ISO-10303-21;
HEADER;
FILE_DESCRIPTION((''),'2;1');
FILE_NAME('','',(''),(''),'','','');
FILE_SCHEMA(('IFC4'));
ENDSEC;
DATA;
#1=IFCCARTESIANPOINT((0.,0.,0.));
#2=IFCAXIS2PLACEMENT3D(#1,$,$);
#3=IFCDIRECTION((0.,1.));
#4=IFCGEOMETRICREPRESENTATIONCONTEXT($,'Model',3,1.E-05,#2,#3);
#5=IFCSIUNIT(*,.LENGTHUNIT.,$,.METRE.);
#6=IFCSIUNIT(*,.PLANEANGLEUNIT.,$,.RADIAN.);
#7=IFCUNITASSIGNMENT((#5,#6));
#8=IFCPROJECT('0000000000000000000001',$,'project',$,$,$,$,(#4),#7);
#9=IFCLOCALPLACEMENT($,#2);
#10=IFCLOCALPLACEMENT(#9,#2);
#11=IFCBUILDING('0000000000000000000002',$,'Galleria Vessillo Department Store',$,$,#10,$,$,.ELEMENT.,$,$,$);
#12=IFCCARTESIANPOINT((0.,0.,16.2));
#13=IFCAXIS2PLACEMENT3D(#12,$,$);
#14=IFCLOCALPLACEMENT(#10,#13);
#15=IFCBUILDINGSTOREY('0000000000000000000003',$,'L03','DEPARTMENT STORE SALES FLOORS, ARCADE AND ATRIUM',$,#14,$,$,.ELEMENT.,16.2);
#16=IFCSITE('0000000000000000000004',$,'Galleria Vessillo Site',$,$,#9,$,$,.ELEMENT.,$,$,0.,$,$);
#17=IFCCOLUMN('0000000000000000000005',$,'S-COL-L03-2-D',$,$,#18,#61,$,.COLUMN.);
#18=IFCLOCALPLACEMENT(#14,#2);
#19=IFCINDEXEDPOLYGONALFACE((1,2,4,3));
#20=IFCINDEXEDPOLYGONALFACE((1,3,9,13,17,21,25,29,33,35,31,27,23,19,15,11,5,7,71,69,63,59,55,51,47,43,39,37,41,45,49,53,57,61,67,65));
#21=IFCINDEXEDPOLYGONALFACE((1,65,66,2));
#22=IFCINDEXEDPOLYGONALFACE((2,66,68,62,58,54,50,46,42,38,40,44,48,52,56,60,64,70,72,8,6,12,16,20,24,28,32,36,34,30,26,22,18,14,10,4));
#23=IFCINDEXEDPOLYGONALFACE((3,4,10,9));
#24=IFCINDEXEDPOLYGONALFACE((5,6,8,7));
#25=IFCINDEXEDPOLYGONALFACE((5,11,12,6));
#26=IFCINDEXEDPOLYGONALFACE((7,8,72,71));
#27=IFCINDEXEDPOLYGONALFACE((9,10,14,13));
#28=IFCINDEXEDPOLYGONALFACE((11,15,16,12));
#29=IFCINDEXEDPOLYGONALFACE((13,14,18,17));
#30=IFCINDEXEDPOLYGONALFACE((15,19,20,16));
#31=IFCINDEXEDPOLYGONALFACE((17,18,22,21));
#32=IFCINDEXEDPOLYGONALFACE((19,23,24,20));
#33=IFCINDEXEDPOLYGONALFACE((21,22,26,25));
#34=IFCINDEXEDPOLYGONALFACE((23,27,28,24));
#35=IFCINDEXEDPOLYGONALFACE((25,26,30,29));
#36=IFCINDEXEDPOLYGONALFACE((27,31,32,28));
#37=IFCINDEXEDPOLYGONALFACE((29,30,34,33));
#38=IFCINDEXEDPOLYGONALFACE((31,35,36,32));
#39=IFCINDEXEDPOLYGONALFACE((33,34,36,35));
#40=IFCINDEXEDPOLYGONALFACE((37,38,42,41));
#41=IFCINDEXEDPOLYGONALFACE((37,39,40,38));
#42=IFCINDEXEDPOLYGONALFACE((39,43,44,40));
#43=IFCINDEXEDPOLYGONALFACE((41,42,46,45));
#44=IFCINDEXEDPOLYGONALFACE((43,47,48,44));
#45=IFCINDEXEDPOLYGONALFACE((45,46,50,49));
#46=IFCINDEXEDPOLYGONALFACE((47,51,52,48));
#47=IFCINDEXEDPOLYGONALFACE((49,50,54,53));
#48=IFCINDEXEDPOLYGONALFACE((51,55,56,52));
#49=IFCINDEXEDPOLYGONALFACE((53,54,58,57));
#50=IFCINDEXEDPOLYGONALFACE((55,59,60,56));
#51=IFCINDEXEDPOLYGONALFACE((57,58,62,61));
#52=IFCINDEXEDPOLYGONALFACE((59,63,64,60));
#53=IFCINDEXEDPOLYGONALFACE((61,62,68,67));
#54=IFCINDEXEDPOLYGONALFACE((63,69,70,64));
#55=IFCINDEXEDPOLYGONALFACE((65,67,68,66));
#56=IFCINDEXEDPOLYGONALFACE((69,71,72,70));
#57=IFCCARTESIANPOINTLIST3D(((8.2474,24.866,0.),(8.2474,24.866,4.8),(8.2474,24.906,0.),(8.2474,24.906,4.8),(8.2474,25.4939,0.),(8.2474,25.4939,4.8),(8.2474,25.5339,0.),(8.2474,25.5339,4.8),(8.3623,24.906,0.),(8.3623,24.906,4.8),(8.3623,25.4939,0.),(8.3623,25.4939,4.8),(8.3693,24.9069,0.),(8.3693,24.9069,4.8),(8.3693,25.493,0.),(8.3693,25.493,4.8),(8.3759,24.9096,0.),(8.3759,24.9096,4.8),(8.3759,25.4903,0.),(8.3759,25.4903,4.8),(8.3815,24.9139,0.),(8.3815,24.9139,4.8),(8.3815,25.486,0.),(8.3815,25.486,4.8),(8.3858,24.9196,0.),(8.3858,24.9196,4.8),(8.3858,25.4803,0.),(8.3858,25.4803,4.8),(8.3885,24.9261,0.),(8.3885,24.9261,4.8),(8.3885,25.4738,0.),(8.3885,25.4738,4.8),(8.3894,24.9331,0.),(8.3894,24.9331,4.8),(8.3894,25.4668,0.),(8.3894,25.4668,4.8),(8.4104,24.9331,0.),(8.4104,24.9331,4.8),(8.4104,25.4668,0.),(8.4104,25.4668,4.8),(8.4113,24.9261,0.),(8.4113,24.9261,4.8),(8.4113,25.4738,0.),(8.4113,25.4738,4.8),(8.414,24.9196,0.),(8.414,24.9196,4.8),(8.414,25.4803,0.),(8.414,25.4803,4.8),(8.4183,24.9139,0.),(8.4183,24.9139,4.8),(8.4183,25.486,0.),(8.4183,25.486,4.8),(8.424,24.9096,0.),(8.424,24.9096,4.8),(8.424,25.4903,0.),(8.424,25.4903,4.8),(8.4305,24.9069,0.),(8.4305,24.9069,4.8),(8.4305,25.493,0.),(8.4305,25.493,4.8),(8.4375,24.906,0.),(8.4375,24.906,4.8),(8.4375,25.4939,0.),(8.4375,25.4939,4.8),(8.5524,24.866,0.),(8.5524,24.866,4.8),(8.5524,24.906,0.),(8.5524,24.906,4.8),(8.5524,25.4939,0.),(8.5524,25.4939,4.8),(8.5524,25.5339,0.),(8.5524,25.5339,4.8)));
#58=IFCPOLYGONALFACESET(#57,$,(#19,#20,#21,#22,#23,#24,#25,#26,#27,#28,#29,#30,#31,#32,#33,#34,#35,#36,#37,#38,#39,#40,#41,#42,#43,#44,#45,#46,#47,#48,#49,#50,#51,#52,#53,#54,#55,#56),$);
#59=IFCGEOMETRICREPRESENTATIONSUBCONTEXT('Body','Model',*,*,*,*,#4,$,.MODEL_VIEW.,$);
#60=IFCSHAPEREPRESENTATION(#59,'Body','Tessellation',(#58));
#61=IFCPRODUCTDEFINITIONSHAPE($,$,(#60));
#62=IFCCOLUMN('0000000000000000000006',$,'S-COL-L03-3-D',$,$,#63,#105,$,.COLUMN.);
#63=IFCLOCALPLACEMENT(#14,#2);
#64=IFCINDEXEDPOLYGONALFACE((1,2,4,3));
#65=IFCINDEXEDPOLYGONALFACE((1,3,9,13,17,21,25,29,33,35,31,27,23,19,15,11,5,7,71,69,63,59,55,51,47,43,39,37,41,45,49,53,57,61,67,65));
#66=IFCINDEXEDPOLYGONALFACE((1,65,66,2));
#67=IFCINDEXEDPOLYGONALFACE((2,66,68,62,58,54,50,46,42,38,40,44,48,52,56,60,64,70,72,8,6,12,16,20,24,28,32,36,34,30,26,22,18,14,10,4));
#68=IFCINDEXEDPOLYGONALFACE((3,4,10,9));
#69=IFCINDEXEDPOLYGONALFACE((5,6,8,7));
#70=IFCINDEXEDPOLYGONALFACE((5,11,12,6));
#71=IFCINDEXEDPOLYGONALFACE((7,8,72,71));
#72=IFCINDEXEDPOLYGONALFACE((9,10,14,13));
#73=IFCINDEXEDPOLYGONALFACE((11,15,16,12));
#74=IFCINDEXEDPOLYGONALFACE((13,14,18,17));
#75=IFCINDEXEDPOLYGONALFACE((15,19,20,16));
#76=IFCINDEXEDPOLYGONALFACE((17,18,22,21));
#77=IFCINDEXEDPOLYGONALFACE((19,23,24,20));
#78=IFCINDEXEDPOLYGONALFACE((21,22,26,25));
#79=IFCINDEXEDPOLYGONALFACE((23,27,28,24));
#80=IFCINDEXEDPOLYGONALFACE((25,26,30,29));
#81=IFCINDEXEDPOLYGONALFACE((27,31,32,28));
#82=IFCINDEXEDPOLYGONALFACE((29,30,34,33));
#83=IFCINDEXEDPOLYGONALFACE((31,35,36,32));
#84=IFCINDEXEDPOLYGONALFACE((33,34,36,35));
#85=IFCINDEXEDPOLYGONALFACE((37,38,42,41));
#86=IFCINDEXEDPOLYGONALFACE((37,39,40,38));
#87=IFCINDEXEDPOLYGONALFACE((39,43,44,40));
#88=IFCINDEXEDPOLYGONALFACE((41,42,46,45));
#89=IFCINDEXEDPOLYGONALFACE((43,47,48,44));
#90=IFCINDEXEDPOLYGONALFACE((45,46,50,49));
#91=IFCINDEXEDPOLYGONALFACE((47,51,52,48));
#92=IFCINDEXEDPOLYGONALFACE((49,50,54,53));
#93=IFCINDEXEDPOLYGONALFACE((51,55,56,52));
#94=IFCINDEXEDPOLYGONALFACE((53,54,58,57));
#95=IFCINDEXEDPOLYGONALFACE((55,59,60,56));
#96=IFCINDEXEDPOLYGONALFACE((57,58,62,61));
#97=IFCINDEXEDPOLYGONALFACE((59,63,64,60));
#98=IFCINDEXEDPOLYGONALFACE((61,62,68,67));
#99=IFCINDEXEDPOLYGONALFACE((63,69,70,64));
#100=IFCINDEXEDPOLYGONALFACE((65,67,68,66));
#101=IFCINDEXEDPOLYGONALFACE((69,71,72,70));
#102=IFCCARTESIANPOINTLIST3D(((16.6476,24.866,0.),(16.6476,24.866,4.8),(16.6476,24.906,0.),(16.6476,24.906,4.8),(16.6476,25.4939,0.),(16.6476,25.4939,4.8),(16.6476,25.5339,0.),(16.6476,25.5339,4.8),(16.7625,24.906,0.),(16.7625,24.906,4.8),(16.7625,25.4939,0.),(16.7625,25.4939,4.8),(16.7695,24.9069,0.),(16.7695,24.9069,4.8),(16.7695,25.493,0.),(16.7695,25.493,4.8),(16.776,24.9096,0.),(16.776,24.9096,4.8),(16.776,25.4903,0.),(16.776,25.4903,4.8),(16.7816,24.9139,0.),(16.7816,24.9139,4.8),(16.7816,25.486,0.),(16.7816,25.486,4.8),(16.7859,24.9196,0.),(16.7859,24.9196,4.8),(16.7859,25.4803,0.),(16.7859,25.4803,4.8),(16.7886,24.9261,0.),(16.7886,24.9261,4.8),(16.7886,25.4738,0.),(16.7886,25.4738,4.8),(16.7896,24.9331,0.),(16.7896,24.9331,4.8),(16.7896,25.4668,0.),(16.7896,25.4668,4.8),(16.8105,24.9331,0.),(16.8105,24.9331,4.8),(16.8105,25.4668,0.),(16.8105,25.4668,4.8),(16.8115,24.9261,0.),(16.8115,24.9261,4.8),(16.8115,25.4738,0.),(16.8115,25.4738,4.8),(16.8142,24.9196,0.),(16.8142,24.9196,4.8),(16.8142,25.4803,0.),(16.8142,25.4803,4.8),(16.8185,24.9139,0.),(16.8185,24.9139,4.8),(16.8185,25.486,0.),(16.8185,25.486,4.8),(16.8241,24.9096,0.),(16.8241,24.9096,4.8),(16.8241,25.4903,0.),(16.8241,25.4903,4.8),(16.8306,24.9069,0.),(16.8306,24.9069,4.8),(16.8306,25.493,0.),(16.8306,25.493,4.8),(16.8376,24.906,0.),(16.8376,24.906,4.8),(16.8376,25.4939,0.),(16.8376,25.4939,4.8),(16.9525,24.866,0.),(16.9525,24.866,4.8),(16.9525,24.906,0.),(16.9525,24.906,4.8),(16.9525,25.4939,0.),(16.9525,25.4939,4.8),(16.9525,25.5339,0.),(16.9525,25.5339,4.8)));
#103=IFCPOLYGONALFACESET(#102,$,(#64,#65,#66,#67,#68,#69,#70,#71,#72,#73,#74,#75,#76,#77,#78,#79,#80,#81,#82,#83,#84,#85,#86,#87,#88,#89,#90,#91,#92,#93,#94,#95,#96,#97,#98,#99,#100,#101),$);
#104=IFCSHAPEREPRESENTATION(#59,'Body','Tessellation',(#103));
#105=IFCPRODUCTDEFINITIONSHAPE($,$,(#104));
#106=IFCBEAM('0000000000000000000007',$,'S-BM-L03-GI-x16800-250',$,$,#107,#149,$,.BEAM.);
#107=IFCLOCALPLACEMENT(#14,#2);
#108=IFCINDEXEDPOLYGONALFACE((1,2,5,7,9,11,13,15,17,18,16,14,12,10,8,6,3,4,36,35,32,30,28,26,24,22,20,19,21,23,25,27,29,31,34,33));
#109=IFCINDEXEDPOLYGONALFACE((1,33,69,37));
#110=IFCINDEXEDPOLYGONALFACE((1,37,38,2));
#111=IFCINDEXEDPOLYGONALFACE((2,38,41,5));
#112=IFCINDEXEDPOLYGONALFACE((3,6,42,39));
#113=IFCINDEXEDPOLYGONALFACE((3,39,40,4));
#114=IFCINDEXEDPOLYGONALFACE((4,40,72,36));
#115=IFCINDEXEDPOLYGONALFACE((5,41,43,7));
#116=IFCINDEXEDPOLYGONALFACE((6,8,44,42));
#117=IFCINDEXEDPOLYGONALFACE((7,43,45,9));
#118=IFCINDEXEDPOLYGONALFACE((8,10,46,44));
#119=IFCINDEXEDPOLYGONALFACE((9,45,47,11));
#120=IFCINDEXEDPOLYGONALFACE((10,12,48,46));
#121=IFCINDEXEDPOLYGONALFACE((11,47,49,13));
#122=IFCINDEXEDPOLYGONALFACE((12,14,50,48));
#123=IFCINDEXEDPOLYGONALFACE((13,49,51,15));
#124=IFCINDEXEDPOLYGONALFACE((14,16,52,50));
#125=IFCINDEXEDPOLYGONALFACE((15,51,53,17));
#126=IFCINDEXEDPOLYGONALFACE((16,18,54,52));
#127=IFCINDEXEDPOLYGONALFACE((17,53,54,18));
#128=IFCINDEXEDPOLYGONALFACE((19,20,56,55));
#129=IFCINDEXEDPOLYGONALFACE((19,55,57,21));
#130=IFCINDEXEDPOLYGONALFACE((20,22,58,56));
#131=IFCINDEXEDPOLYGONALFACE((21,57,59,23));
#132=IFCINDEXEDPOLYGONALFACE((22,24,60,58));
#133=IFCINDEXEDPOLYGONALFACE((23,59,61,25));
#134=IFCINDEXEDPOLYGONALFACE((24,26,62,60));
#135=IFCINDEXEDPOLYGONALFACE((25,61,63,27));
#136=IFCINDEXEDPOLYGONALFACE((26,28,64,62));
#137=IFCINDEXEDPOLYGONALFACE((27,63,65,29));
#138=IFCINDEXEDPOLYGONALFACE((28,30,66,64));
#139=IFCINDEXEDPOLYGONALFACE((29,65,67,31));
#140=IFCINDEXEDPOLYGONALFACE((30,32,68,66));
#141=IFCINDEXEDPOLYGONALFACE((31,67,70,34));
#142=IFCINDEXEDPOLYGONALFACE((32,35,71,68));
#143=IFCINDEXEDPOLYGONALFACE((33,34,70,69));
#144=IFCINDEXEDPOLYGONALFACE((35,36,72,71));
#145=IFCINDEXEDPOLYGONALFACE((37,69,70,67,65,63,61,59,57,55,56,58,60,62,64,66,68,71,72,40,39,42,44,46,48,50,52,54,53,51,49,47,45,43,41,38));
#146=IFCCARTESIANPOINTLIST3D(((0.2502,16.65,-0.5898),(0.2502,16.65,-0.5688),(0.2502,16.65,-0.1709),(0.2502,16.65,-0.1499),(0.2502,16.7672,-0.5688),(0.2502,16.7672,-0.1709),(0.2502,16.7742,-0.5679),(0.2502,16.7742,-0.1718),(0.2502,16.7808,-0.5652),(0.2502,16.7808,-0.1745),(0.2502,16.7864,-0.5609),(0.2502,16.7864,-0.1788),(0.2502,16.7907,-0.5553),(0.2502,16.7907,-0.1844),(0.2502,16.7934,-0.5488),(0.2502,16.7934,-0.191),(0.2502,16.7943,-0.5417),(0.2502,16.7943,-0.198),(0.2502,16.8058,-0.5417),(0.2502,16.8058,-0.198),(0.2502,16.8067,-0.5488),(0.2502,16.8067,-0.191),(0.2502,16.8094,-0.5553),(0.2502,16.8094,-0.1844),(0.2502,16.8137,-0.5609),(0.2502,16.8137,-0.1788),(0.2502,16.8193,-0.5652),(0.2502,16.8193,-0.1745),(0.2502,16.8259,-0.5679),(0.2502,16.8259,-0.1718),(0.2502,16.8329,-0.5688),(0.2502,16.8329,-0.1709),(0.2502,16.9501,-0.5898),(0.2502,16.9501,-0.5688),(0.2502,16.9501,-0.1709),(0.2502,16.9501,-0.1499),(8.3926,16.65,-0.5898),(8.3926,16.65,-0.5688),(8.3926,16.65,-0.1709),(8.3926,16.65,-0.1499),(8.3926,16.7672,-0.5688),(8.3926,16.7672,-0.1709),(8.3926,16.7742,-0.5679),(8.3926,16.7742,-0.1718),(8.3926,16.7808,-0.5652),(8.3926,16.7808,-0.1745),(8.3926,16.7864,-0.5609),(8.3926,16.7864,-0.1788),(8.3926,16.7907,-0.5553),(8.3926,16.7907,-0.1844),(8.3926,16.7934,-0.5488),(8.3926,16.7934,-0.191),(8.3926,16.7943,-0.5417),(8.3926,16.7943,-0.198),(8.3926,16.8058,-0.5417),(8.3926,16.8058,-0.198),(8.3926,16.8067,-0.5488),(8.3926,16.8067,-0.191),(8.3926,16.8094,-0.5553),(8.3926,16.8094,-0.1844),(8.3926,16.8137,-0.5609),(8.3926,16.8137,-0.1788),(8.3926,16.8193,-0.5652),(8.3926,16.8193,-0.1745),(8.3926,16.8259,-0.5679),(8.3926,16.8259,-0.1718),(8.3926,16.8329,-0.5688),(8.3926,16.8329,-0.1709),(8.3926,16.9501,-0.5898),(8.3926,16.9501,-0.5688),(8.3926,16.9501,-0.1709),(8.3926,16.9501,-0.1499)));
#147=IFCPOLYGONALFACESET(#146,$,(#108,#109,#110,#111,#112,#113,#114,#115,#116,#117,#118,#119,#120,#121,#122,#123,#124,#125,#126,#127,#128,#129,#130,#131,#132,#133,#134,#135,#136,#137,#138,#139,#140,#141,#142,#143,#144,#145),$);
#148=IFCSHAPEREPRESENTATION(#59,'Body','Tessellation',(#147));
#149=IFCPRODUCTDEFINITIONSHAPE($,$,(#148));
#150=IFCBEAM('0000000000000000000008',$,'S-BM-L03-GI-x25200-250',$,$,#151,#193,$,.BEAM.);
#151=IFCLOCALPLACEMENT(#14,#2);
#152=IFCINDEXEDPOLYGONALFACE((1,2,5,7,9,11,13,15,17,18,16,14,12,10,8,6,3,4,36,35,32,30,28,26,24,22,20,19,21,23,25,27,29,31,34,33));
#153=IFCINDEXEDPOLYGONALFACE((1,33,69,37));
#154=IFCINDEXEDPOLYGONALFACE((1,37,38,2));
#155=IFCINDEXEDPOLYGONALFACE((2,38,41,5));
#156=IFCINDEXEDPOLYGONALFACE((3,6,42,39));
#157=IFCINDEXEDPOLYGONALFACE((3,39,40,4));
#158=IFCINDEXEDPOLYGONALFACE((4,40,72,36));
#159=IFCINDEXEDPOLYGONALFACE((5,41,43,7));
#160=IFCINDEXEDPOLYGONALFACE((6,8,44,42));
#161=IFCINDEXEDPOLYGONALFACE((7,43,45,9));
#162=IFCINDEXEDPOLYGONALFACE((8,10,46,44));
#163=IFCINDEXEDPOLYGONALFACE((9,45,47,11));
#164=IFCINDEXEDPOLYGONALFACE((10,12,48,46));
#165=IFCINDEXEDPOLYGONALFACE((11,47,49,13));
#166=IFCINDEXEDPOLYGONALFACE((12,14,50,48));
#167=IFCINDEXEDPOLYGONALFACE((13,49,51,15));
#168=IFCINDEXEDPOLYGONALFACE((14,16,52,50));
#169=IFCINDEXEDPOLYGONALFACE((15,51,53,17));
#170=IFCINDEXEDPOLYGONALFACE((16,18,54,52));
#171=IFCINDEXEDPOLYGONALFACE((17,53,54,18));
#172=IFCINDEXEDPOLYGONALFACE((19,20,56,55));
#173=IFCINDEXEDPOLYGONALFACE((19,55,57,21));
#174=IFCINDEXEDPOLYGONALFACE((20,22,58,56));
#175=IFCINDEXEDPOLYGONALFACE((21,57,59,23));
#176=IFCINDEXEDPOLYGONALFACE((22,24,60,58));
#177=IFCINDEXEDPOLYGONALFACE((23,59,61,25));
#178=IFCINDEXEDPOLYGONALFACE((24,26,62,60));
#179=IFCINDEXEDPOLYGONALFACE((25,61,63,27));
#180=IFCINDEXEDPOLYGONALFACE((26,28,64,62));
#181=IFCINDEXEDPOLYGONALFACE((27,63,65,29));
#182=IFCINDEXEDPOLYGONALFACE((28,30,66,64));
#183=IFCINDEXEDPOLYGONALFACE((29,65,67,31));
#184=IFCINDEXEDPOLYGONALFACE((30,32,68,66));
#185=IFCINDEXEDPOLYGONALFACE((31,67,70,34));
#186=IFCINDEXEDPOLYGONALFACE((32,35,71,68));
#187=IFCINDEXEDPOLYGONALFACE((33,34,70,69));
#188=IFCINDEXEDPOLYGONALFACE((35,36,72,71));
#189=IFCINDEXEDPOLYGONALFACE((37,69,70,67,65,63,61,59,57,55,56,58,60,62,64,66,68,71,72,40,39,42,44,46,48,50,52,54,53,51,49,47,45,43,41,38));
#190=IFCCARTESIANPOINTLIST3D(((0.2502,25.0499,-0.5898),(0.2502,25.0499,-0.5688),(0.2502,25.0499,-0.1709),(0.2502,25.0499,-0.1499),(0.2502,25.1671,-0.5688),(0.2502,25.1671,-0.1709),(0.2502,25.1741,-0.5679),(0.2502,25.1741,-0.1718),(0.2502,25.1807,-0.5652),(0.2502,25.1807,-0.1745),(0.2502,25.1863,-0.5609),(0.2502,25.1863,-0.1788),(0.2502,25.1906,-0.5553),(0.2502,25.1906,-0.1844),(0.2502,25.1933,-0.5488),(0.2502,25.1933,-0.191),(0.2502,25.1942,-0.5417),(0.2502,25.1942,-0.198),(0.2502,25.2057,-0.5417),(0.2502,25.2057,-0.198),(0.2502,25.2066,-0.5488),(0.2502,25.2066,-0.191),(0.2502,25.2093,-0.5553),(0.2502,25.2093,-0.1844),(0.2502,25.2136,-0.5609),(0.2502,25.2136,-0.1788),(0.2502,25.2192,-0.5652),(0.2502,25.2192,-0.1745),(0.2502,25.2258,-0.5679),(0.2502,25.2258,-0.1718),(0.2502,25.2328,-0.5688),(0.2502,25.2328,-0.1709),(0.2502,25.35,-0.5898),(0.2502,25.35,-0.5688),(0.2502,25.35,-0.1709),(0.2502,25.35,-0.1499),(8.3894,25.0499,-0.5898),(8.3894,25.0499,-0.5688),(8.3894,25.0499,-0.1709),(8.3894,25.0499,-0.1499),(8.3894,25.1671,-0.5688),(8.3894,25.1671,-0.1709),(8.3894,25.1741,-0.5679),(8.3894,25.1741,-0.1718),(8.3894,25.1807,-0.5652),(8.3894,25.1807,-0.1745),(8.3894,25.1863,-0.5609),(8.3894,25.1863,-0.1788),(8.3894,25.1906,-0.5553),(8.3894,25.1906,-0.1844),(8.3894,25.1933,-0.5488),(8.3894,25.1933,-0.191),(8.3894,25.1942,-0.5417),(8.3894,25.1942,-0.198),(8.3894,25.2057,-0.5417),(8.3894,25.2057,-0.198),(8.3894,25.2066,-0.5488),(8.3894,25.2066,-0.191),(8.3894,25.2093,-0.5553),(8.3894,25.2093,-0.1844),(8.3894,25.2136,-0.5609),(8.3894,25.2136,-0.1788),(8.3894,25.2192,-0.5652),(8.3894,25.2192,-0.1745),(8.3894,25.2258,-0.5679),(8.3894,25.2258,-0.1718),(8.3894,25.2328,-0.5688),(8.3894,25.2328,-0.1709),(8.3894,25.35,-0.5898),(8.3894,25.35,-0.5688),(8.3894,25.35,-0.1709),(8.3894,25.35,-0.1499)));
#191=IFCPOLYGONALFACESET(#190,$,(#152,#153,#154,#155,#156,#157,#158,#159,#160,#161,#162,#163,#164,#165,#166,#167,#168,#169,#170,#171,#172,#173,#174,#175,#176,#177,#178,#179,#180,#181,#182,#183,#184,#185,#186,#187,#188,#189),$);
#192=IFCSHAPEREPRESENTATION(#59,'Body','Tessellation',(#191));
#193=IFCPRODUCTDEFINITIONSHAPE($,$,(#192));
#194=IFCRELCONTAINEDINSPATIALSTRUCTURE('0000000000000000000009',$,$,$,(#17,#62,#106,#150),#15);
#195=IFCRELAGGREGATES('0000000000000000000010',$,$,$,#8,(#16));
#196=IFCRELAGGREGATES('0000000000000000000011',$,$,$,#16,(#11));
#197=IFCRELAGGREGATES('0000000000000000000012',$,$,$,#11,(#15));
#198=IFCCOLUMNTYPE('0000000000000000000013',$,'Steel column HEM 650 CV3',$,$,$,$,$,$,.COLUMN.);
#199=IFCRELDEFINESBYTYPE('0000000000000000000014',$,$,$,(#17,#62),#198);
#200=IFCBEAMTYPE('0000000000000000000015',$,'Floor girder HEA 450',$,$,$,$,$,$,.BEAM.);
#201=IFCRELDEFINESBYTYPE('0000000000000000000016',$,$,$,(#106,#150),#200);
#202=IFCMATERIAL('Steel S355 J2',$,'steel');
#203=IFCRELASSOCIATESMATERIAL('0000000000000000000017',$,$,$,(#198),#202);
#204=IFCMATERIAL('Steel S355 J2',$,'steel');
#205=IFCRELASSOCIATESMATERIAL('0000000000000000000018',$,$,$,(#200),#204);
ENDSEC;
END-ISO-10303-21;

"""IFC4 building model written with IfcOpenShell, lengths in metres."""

from ifc_helpers import new_model, si_unit, direction, frame, origin, origin_2d, place, context, subcontext, project, spatial, i_section, extrude, material, material_profile, profile_set, type_object, element, save


model = new_model("IFC4")

# Units and contexts
model_context = context("Model", 3, precision=1e-05, world=origin(), true_north=direction((0.0, 1.0)))
body_context = subcontext(model_context, "Body", "Model", "MODEL_VIEW")
ifc_project = project(units=[si_unit("LENGTHUNIT", "METRE"), si_unit("PLANEANGLEUNIT", "RADIAN")], contexts=[model_context])

# Site, building, storey
site_placement = place(None, origin())
site = spatial("IfcSite", under=ifc_project, at=site_placement, Name="Galleria Vessillo Site", CompositionType="ELEMENT", RefElevation=0.0)
building_placement = place(site_placement, origin())
building = spatial("IfcBuilding", under=site, at=building_placement, Name="Galleria Vessillo Department Store", CompositionType="ELEMENT")
storey_placement = place(building_placement, frame((0.0, 0.0, 16.2)))
storey = spatial("IfcBuildingStorey", under=building, at=storey_placement, Name="L03", Description="DEPARTMENT STORE SALES FLOORS, ARCADE AND ATRIUM", CompositionType="ELEMENT", Elevation=16.2)

# Columns
ifc_material_1 = material(Name="Steel S355 J2", Category="steel")
ifc_material_profile_1 = material_profile(ifc_material_1, i_section(OverallWidth=0.3049, OverallDepth=0.668, WebThickness=0.021, FlangeThickness=0.04, FilletRadius=0.0271, at=origin_2d()), Name="HEM 650")
ifc_profile_set_1 = profile_set([ifc_material_profile_1], Name="Steel S355 J2")
column_type_1 = type_object("IfcColumnType", Name="Steel column HEM 650 CV3", PredefinedType="COLUMN", material=ifc_profile_set_1)
for number, where, z_axis, x_axis, name in (
    (1, (8.3999, 25.2, 0.0), (0.0, 0.0, 1.0), (1.0, 0.0, 0.0), "S-COL-L03-2-D"),
    (2, (16.8, 25.2, 0.0), (0.0, 0.0, 1.0), (1.0, 0.0, 0.0), "S-COL-L03-3-D"),
):
    element("IfcColumn", number, at=place(storey_placement, frame(where, z_axis=z_axis, x_axis=x_axis)), inside=storey, type_object=column_type_1, Name=name, PredefinedType="COLUMN", context=body_context, shape_type="SweptSolid", body=[
        extrude(i_section(OverallWidth=0.3049, OverallDepth=0.668, WebThickness=0.021, FlangeThickness=0.04, FilletRadius=0.0271, at=origin_2d()), origin(), (0.0, 0.0, 1.0), 4.8),
    ])

# Beams
ifc_material_2 = material(Name="Steel S355 J2", Category="steel")
ifc_material_profile_2 = material_profile(ifc_material_2, i_section(OverallWidth=0.3, OverallDepth=0.4399, WebThickness=0.0115, FlangeThickness=0.021, FilletRadius=0.0271, at=origin_2d()), Name="HEA 450")
ifc_profile_set_2 = profile_set([ifc_material_profile_2], Name="Steel S355 J2")
beam_type_1 = type_object("IfcBeamType", Name="Floor girder HEA 450", PredefinedType="BEAM", material=ifc_profile_set_2)
beam_1_placement = place(storey_placement, frame((0.2502, 16.8, -0.3699), z_axis=(1.0, 0.0, 0.0), x_axis=(0.0, 1.0, 0.0)))
element("IfcBeam", 3, at=beam_1_placement, inside=storey, type_object=beam_type_1, Name="S-BM-L03-GI-x16800-250", PredefinedType="BEAM", context=body_context, shape_type="SweptSolid", body=[
    extrude(i_section(OverallWidth=0.3, OverallDepth=0.4399, WebThickness=0.0115, FlangeThickness=0.021, FilletRadius=0.0271, at=origin_2d()), origin(), (0.0, 0.0, 1.0), 8.1423),
])
beam_2_placement = place(storey_placement, frame((0.2502, 25.2, -0.3699), z_axis=(1.0, 0.0, 0.0), x_axis=(0.0, 1.0, 0.0)))
element("IfcBeam", 4, at=beam_2_placement, inside=storey, type_object=beam_type_1, Name="S-BM-L03-GI-x25200-250", PredefinedType="BEAM", context=body_context, shape_type="SweptSolid", body=[
    extrude(i_section(OverallWidth=0.3, OverallDepth=0.4399, WebThickness=0.0115, FlangeThickness=0.021, FilletRadius=0.0271, at=origin_2d()), origin(), (0.0, 0.0, 1.0), 8.1392),
])

save(model, "model.ifc")
